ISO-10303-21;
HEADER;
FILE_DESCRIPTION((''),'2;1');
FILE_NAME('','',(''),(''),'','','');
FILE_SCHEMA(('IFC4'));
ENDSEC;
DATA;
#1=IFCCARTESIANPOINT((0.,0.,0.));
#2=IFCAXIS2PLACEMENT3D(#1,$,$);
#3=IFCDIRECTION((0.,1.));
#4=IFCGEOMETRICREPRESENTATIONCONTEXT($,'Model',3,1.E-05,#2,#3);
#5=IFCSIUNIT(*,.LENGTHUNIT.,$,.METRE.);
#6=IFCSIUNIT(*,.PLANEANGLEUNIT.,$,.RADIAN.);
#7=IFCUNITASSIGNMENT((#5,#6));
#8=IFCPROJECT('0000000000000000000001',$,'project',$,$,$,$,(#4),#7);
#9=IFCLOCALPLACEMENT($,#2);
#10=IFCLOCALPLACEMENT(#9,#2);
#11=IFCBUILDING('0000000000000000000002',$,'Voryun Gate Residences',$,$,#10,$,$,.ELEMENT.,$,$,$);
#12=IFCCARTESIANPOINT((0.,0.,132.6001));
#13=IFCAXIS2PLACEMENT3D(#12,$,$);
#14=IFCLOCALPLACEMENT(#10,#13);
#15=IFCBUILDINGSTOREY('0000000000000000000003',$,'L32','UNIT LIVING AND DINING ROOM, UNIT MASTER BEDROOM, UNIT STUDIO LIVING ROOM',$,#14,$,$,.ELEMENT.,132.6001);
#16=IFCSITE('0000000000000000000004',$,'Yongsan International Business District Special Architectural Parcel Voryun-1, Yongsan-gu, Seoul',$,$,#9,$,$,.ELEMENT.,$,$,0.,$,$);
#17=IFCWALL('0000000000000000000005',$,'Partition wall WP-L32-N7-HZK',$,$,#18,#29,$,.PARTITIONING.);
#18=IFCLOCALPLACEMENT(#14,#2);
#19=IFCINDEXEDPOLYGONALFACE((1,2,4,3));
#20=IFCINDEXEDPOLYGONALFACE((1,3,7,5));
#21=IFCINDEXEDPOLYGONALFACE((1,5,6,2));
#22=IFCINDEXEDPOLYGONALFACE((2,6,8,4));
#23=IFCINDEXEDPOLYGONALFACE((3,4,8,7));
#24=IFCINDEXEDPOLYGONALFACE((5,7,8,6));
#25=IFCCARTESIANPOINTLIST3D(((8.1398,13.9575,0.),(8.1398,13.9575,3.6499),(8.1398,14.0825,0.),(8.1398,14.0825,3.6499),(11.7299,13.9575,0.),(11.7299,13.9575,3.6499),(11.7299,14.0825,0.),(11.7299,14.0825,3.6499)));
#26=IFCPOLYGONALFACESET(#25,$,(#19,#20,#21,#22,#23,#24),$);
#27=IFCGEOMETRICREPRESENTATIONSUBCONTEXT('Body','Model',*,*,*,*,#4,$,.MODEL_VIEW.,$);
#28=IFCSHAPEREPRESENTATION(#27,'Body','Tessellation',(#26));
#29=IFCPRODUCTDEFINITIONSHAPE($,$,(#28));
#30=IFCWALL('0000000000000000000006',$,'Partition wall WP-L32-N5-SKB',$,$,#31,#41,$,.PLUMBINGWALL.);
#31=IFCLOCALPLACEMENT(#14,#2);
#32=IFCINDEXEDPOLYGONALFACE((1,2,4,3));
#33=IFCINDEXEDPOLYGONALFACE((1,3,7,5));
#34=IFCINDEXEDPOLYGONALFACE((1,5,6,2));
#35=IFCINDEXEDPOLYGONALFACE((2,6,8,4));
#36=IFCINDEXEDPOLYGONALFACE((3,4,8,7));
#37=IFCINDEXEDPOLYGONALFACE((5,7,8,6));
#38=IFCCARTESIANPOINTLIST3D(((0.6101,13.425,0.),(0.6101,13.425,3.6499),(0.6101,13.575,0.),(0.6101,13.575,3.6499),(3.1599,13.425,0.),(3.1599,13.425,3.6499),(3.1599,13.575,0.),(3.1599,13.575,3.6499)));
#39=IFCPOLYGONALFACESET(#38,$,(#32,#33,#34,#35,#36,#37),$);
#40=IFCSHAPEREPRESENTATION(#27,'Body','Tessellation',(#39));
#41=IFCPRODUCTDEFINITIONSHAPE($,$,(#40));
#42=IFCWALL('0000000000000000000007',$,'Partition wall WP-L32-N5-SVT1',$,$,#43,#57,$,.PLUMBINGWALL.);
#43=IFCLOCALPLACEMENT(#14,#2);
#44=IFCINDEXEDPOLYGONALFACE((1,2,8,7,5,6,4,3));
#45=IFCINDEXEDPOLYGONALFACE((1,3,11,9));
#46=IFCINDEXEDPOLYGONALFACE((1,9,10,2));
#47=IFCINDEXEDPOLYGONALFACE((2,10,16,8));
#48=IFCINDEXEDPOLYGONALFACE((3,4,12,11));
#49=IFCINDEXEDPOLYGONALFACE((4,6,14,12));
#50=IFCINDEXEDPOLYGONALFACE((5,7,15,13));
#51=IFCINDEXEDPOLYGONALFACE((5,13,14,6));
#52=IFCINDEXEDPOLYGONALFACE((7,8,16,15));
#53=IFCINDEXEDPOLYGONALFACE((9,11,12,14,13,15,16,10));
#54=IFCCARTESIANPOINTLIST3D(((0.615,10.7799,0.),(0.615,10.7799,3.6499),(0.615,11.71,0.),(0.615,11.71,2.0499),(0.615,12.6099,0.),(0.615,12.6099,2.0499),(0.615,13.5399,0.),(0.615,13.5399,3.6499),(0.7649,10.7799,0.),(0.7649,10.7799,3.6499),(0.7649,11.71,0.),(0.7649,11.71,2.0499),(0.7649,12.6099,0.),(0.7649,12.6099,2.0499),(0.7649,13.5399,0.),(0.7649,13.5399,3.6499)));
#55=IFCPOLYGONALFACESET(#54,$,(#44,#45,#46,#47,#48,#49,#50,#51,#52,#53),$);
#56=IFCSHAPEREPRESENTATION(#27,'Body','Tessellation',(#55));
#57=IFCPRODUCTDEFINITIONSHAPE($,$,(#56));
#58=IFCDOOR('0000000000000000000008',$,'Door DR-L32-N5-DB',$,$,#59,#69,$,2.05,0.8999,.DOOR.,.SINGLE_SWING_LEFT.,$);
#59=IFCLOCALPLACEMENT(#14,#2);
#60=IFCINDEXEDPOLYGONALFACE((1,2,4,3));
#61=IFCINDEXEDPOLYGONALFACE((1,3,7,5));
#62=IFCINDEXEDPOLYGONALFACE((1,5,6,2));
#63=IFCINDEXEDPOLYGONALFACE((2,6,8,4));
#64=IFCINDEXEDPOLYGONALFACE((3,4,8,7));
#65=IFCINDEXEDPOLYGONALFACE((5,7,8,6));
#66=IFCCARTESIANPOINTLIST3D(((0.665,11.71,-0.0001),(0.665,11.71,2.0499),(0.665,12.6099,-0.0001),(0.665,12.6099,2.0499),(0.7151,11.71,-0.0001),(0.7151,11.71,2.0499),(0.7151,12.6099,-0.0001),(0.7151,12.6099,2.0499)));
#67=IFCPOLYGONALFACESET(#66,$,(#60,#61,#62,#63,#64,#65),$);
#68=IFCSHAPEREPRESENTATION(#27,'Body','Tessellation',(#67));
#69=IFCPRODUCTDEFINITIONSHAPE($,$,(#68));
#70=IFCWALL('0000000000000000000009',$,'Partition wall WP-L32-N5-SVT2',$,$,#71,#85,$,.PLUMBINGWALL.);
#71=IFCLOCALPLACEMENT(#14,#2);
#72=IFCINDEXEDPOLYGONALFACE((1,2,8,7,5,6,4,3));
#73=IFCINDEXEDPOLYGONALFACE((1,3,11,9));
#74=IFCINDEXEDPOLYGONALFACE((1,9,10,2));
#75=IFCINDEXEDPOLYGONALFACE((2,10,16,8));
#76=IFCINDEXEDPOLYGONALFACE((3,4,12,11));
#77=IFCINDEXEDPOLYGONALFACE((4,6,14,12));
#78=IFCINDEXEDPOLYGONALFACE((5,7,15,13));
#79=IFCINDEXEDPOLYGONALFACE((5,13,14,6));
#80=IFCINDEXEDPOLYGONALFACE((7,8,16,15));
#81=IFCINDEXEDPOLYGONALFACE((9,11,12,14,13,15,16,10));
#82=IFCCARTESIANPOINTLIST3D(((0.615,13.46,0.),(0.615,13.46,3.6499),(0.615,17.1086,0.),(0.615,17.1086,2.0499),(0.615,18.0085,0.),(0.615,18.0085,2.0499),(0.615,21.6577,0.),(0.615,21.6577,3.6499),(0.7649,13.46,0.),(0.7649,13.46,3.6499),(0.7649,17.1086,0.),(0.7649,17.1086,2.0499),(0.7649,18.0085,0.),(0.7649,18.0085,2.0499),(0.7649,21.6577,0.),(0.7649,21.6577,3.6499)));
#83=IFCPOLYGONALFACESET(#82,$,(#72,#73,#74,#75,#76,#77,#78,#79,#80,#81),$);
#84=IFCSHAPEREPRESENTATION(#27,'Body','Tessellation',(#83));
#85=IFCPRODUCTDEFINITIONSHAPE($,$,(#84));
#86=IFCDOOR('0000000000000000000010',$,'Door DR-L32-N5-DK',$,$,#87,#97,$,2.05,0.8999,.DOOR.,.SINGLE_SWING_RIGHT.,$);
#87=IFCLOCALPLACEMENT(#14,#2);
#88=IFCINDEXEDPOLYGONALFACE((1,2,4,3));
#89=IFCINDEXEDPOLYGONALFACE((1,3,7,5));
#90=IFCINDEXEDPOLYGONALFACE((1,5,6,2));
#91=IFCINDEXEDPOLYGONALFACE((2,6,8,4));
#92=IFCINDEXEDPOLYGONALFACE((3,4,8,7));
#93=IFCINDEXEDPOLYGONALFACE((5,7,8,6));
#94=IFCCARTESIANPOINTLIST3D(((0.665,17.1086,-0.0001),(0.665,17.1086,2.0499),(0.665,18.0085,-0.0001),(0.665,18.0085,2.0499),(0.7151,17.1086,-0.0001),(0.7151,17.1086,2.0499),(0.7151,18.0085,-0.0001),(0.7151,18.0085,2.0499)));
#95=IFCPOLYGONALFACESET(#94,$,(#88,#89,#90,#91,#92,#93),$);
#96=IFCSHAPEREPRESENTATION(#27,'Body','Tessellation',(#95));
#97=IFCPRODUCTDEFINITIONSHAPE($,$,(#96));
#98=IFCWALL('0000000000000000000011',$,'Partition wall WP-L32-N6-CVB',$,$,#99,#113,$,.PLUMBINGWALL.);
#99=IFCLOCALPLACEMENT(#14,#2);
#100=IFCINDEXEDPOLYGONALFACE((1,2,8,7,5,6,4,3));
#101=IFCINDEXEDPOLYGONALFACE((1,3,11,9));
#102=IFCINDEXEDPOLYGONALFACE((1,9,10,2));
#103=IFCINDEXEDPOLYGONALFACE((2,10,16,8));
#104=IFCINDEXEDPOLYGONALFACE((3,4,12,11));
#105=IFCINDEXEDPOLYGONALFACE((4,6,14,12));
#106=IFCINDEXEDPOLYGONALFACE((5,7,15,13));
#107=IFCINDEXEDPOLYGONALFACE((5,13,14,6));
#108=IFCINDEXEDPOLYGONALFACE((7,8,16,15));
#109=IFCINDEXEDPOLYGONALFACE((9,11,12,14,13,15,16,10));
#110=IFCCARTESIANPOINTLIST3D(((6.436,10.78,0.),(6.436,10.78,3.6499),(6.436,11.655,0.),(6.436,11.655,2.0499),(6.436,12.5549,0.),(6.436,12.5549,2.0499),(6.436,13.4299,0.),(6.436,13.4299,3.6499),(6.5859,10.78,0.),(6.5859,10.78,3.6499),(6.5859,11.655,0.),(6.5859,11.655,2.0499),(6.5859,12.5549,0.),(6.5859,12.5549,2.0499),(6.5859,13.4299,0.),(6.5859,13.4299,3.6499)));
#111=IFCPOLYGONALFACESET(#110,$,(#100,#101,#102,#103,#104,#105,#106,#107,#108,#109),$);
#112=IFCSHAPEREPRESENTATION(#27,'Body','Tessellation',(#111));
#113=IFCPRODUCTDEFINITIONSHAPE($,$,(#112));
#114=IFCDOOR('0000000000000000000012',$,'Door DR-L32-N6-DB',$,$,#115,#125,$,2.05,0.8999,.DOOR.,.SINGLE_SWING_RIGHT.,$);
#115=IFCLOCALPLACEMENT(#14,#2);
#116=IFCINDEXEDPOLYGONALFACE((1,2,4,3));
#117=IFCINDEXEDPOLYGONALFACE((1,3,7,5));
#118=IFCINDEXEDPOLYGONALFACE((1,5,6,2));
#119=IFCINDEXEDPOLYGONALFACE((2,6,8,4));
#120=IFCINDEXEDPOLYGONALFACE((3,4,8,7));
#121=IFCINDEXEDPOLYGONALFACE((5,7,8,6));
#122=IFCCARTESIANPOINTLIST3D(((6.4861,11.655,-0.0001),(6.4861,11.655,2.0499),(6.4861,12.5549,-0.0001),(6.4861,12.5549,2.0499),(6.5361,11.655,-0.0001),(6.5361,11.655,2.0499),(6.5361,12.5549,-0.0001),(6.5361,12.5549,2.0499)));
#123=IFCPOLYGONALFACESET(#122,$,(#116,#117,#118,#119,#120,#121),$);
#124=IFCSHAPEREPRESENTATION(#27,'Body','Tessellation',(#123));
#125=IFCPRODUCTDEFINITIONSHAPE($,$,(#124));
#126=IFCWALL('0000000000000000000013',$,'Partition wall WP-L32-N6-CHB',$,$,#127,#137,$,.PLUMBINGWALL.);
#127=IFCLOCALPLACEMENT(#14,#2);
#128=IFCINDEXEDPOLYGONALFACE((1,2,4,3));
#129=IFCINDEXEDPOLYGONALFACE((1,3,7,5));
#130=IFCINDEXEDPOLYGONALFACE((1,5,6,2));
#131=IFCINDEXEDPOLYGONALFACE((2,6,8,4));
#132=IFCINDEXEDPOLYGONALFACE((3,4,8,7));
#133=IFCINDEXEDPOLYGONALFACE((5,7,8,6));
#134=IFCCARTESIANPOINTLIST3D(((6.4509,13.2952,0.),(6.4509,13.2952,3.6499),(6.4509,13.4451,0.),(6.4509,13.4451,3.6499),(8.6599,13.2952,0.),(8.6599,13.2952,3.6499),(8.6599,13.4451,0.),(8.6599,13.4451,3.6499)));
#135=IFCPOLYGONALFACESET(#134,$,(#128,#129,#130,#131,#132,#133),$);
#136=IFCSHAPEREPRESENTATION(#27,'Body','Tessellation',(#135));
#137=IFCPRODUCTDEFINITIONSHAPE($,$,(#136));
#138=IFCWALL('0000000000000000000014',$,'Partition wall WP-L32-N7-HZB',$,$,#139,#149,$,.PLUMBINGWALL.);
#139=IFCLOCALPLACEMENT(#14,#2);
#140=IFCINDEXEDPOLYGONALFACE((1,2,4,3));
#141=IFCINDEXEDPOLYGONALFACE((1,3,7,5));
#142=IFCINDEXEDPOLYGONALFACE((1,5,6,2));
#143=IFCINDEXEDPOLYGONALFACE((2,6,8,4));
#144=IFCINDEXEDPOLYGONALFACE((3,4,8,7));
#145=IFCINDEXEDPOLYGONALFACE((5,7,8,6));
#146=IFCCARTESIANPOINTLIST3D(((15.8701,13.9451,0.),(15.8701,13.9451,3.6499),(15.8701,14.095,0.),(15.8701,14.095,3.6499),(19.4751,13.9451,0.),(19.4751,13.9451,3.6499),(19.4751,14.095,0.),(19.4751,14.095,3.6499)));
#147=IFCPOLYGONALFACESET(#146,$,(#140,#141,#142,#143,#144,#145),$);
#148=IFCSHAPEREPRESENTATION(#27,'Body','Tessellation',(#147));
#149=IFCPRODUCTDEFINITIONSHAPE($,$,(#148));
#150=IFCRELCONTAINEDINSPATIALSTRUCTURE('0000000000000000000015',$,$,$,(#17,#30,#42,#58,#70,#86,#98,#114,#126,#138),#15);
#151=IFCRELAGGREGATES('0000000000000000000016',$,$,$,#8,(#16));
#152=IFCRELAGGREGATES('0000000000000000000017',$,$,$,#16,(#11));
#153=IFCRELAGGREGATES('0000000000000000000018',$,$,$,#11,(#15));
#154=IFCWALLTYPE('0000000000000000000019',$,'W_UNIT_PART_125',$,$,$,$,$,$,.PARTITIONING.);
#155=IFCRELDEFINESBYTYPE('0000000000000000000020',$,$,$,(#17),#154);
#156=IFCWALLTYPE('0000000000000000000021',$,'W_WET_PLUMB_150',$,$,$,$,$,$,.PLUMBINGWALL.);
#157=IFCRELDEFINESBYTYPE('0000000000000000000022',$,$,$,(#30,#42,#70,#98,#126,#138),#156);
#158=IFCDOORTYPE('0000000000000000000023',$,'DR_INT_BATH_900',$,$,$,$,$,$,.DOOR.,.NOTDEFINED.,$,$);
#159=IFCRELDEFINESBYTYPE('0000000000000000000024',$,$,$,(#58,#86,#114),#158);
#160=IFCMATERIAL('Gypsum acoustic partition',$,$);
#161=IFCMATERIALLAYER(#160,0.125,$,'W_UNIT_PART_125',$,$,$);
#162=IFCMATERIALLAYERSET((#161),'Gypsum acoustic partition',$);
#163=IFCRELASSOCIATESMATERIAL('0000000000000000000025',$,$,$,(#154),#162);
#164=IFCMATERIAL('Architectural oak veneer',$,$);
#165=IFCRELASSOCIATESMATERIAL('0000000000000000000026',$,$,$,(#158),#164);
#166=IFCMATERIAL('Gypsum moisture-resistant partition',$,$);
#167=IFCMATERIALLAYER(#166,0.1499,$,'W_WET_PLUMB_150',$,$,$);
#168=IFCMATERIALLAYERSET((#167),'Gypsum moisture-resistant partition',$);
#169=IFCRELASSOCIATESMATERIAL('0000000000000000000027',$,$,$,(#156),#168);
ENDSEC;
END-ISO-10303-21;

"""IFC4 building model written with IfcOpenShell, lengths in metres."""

from ifc_helpers import new_model, si_unit, direction, frame, frame_2d, origin, place, context, subcontext, project, spatial, rectangle, extrude, material, layer, layer_set, type_object, element, fill, save


model = new_model("IFC4")

# Units and contexts
model_context = context("Model", 3, precision=1e-05, world=origin(), true_north=direction((0.0, 1.0)))
body_context = subcontext(model_context, "Body", "Model", "MODEL_VIEW")
ifc_project = project(units=[si_unit("LENGTHUNIT", "METRE"), si_unit("PLANEANGLEUNIT", "RADIAN")], contexts=[model_context])

# Site, building, storey
site_placement = place(None, origin())
site = spatial("IfcSite", under=ifc_project, at=site_placement, Name="Yongsan International Business District Special Architectural Parcel Voryun-1, Yongsan-gu, Seoul", CompositionType="ELEMENT", RefElevation=0.0)
building_placement = place(site_placement, origin())
building = spatial("IfcBuilding", under=site, at=building_placement, Name="Voryun Gate Residences", CompositionType="ELEMENT")
storey_placement = place(building_placement, frame((0.0, 0.0, 132.6001)))
storey = spatial("IfcBuildingStorey", under=building, at=storey_placement, Name="L32", Description="UNIT LIVING AND DINING ROOM, UNIT MASTER BEDROOM, UNIT STUDIO LIVING ROOM", CompositionType="ELEMENT", Elevation=132.6001)

# Shared definitions
ifc_material_1 = material(Name="Gypsum acoustic partition")
ifc_layer_1 = layer(ifc_material_1, 0.125, Name="W_UNIT_PART_125")
ifc_layer_set_1 = layer_set([ifc_layer_1], Name="Gypsum acoustic partition")
wall_type_1 = type_object("IfcWallType", Name="W_UNIT_PART_125", PredefinedType="PARTITIONING", material=ifc_layer_set_1)
ifc_material_2 = material(Name="Architectural oak veneer")
door_type_1 = type_object("IfcDoorType", Name="DR_INT_BATH_900", OperationType="NOTDEFINED", PredefinedType="DOOR", material=ifc_material_2)

# Walls
wall_1_placement = place(storey_placement, frame((8.1399, 14.02, 0.0), z_axis=(0.0, 0.0, 1.0), x_axis=(1.0, 0.0, 0.0)))
element("IfcWall", 1, at=wall_1_placement, inside=storey, type_object=wall_type_1, Name="Partition wall WP-L32-N7-HZK", PredefinedType="PARTITIONING", context=body_context, shape_type="SweptSolid", body=[
    extrude(rectangle(XDim=3.5901, YDim=0.125, at=frame_2d((1.7949, 0.0))), origin(), (0.0, 0.0, 1.0), 3.6499),
])
ifc_material_3 = material(Name="Gypsum moisture-resistant partition")
ifc_layer_2 = layer(ifc_material_3, 0.1499, Name="W_WET_PLUMB_150")
ifc_layer_set_2 = layer_set([ifc_layer_2], Name="Gypsum moisture-resistant partition")
wall_type_2 = type_object("IfcWallType", Name="W_WET_PLUMB_150", PredefinedType="PLUMBINGWALL", material=ifc_layer_set_2)
wall_2_placement = place(storey_placement, frame((0.6101, 13.5, 0.0), z_axis=(0.0, 0.0, 1.0), x_axis=(1.0, 0.0, 0.0)))
element("IfcWall", 2, at=wall_2_placement, inside=storey, type_object=wall_type_2, Name="Partition wall WP-L32-N5-SKB", PredefinedType="PLUMBINGWALL", context=body_context, shape_type="SweptSolid", body=[
    extrude(rectangle(XDim=2.5498, YDim=0.1499, at=frame_2d((1.2749, 0.0))), origin(), (0.0, 0.0, 1.0), 3.6499),
])

# Walls, openings, doors
wall_3_placement = place(storey_placement, frame((0.6899, 10.78, 0.0), z_axis=(0.0, 0.0, 1.0), x_axis=(0.0, 1.0, 0.0)))
wall_3 = element("IfcWall", 3, at=wall_3_placement, inside=storey, type_object=wall_type_2, Name="Partition wall WP-L32-N5-SVT1", PredefinedType="PLUMBINGWALL", context=body_context, shape_type="SweptSolid", body=[
    extrude(rectangle(XDim=2.76, YDim=0.1499, at=frame_2d((1.3799, 0.0))), origin(), (0.0, 0.0, 1.0), 3.6499),
])
opening_1_placement = place(wall_3_placement, frame((0.9299, 0.0, 0.0)))
opening_1 = element("IfcOpeningElement", 4, at=opening_1_placement, cuts=wall_3, PredefinedType="OPENING", context=body_context, shape_type="SweptSolid", body=[
    extrude(rectangle(XDim=0.8999, YDim=2.05, at=frame_2d((0.45, 1.0249))), frame((0.0, 0.085, 0.0), z_axis=(0.0, -1.0, 0.0), x_axis=(1.0, 0.0, 0.0)), (0.0, 0.0, 1.0), 0.1699),
])
door_1_placement = place(opening_1_placement, origin())
door_1 = element("IfcDoor", 5, at=door_1_placement, inside=storey, type_object=door_type_1, Name="Door DR-L32-N5-DB", OperationType="SINGLE_SWING_LEFT", OverallHeight=2.05, OverallWidth=0.8999, PredefinedType="DOOR", context=body_context, shape_type="SweptSolid", body=[
    extrude(rectangle(XDim=0.8999, YDim=2.05, at=frame_2d((0.45, 1.0249))), frame((0.0, 0.0249, 0.0), z_axis=(0.0, -1.0, 0.0), x_axis=(1.0, 0.0, 0.0)), (0.0, 0.0, 1.0), 0.05),
])
fill(opening_1, door_1)
wall_4_placement = place(storey_placement, frame((0.6899, 13.46, 0.0), z_axis=(0.0, 0.0, 1.0), x_axis=(0.0, 1.0, 0.0)))
wall_4 = element("IfcWall", 6, at=wall_4_placement, inside=storey, type_object=wall_type_2, Name="Partition wall WP-L32-N5-SVT2", PredefinedType="PLUMBINGWALL", context=body_context, shape_type="SweptSolid", body=[
    extrude(rectangle(XDim=8.1978, YDim=0.1499, at=frame_2d((4.0989, 0.0))), origin(), (0.0, 0.0, 1.0), 3.6499),
])
opening_2_placement = place(wall_4_placement, frame((3.6487, 0.0, 0.0)))
opening_2 = element("IfcOpeningElement", 7, at=opening_2_placement, cuts=wall_4, PredefinedType="OPENING", context=body_context, shape_type="SweptSolid", body=[
    extrude(rectangle(XDim=0.8999, YDim=2.05, at=frame_2d((0.45, 1.0249))), frame((0.0, 0.085, 0.0), z_axis=(0.0, -1.0, 0.0), x_axis=(1.0, 0.0, 0.0)), (0.0, 0.0, 1.0), 0.1699),
])
door_2_placement = place(opening_2_placement, origin())
door_2 = element("IfcDoor", 8, at=door_2_placement, inside=storey, type_object=door_type_1, Name="Door DR-L32-N5-DK", OperationType="SINGLE_SWING_RIGHT", OverallHeight=2.05, OverallWidth=0.8999, PredefinedType="DOOR", context=body_context, shape_type="SweptSolid", body=[
    extrude(rectangle(XDim=0.8999, YDim=2.05, at=frame_2d((0.45, 1.0249))), frame((0.0, 0.0249, 0.0), z_axis=(0.0, -1.0, 0.0), x_axis=(1.0, 0.0, 0.0)), (0.0, 0.0, 1.0), 0.05),
])
fill(opening_2, door_2)
wall_5_placement = place(storey_placement, frame((6.511, 10.78, 0.0), z_axis=(0.0, 0.0, 1.0), x_axis=(0.0, 1.0, 0.0)))
wall_5 = element("IfcWall", 9, at=wall_5_placement, inside=storey, type_object=wall_type_2, Name="Partition wall WP-L32-N6-CVB", PredefinedType="PLUMBINGWALL", context=body_context, shape_type="SweptSolid", body=[
    extrude(rectangle(XDim=2.6499, YDim=0.1499, at=frame_2d((1.325, 0.0))), origin(), (0.0, 0.0, 1.0), 3.6499),
])
opening_3_placement = place(wall_5_placement, frame((0.875, 0.0, 0.0)))
opening_3 = element("IfcOpeningElement", 10, at=opening_3_placement, cuts=wall_5, PredefinedType="OPENING", context=body_context, shape_type="SweptSolid", body=[
    extrude(rectangle(XDim=0.8999, YDim=2.05, at=frame_2d((0.45, 1.0249))), frame((0.0, 0.085, 0.0), z_axis=(0.0, -1.0, 0.0), x_axis=(1.0, 0.0, 0.0)), (0.0, 0.0, 1.0), 0.1699),
])
door_3_placement = place(opening_3_placement, origin())
door_3 = element("IfcDoor", 11, at=door_3_placement, inside=storey, type_object=door_type_1, Name="Door DR-L32-N6-DB", OperationType="SINGLE_SWING_RIGHT", OverallHeight=2.05, OverallWidth=0.8999, PredefinedType="DOOR", context=body_context, shape_type="SweptSolid", body=[
    extrude(rectangle(XDim=0.8999, YDim=2.05, at=frame_2d((0.45, 1.0249))), frame((0.0, 0.0249, 0.0), z_axis=(0.0, -1.0, 0.0), x_axis=(1.0, 0.0, 0.0)), (0.0, 0.0, 1.0), 0.05),
])
fill(opening_3, door_3)

# Walls
wall_6_placement = place(storey_placement, frame((6.4509, 13.3701, 0.0), z_axis=(0.0, 0.0, 1.0), x_axis=(1.0, 0.0, 0.0)))
element("IfcWall", 12, at=wall_6_placement, inside=storey, type_object=wall_type_2, Name="Partition wall WP-L32-N6-CHB", PredefinedType="PLUMBINGWALL", context=body_context, shape_type="SweptSolid", body=[
    extrude(rectangle(XDim=2.209, YDim=0.1499, at=frame_2d((1.1045, 0.0))), origin(), (0.0, 0.0, 1.0), 3.6499),
])
wall_7_placement = place(storey_placement, frame((15.8701, 14.02, 0.0), z_axis=(0.0, 0.0, 1.0), x_axis=(1.0, 0.0, 0.0)))
element("IfcWall", 13, at=wall_7_placement, inside=storey, type_object=wall_type_2, Name="Partition wall WP-L32-N7-HZB", PredefinedType="PLUMBINGWALL", context=body_context, shape_type="SweptSolid", body=[
    extrude(rectangle(XDim=3.605, YDim=0.1499, at=frame_2d((1.8025, 0.0))), origin(), (0.0, 0.0, 1.0), 3.6499),
])

save(model, "model.ifc")
